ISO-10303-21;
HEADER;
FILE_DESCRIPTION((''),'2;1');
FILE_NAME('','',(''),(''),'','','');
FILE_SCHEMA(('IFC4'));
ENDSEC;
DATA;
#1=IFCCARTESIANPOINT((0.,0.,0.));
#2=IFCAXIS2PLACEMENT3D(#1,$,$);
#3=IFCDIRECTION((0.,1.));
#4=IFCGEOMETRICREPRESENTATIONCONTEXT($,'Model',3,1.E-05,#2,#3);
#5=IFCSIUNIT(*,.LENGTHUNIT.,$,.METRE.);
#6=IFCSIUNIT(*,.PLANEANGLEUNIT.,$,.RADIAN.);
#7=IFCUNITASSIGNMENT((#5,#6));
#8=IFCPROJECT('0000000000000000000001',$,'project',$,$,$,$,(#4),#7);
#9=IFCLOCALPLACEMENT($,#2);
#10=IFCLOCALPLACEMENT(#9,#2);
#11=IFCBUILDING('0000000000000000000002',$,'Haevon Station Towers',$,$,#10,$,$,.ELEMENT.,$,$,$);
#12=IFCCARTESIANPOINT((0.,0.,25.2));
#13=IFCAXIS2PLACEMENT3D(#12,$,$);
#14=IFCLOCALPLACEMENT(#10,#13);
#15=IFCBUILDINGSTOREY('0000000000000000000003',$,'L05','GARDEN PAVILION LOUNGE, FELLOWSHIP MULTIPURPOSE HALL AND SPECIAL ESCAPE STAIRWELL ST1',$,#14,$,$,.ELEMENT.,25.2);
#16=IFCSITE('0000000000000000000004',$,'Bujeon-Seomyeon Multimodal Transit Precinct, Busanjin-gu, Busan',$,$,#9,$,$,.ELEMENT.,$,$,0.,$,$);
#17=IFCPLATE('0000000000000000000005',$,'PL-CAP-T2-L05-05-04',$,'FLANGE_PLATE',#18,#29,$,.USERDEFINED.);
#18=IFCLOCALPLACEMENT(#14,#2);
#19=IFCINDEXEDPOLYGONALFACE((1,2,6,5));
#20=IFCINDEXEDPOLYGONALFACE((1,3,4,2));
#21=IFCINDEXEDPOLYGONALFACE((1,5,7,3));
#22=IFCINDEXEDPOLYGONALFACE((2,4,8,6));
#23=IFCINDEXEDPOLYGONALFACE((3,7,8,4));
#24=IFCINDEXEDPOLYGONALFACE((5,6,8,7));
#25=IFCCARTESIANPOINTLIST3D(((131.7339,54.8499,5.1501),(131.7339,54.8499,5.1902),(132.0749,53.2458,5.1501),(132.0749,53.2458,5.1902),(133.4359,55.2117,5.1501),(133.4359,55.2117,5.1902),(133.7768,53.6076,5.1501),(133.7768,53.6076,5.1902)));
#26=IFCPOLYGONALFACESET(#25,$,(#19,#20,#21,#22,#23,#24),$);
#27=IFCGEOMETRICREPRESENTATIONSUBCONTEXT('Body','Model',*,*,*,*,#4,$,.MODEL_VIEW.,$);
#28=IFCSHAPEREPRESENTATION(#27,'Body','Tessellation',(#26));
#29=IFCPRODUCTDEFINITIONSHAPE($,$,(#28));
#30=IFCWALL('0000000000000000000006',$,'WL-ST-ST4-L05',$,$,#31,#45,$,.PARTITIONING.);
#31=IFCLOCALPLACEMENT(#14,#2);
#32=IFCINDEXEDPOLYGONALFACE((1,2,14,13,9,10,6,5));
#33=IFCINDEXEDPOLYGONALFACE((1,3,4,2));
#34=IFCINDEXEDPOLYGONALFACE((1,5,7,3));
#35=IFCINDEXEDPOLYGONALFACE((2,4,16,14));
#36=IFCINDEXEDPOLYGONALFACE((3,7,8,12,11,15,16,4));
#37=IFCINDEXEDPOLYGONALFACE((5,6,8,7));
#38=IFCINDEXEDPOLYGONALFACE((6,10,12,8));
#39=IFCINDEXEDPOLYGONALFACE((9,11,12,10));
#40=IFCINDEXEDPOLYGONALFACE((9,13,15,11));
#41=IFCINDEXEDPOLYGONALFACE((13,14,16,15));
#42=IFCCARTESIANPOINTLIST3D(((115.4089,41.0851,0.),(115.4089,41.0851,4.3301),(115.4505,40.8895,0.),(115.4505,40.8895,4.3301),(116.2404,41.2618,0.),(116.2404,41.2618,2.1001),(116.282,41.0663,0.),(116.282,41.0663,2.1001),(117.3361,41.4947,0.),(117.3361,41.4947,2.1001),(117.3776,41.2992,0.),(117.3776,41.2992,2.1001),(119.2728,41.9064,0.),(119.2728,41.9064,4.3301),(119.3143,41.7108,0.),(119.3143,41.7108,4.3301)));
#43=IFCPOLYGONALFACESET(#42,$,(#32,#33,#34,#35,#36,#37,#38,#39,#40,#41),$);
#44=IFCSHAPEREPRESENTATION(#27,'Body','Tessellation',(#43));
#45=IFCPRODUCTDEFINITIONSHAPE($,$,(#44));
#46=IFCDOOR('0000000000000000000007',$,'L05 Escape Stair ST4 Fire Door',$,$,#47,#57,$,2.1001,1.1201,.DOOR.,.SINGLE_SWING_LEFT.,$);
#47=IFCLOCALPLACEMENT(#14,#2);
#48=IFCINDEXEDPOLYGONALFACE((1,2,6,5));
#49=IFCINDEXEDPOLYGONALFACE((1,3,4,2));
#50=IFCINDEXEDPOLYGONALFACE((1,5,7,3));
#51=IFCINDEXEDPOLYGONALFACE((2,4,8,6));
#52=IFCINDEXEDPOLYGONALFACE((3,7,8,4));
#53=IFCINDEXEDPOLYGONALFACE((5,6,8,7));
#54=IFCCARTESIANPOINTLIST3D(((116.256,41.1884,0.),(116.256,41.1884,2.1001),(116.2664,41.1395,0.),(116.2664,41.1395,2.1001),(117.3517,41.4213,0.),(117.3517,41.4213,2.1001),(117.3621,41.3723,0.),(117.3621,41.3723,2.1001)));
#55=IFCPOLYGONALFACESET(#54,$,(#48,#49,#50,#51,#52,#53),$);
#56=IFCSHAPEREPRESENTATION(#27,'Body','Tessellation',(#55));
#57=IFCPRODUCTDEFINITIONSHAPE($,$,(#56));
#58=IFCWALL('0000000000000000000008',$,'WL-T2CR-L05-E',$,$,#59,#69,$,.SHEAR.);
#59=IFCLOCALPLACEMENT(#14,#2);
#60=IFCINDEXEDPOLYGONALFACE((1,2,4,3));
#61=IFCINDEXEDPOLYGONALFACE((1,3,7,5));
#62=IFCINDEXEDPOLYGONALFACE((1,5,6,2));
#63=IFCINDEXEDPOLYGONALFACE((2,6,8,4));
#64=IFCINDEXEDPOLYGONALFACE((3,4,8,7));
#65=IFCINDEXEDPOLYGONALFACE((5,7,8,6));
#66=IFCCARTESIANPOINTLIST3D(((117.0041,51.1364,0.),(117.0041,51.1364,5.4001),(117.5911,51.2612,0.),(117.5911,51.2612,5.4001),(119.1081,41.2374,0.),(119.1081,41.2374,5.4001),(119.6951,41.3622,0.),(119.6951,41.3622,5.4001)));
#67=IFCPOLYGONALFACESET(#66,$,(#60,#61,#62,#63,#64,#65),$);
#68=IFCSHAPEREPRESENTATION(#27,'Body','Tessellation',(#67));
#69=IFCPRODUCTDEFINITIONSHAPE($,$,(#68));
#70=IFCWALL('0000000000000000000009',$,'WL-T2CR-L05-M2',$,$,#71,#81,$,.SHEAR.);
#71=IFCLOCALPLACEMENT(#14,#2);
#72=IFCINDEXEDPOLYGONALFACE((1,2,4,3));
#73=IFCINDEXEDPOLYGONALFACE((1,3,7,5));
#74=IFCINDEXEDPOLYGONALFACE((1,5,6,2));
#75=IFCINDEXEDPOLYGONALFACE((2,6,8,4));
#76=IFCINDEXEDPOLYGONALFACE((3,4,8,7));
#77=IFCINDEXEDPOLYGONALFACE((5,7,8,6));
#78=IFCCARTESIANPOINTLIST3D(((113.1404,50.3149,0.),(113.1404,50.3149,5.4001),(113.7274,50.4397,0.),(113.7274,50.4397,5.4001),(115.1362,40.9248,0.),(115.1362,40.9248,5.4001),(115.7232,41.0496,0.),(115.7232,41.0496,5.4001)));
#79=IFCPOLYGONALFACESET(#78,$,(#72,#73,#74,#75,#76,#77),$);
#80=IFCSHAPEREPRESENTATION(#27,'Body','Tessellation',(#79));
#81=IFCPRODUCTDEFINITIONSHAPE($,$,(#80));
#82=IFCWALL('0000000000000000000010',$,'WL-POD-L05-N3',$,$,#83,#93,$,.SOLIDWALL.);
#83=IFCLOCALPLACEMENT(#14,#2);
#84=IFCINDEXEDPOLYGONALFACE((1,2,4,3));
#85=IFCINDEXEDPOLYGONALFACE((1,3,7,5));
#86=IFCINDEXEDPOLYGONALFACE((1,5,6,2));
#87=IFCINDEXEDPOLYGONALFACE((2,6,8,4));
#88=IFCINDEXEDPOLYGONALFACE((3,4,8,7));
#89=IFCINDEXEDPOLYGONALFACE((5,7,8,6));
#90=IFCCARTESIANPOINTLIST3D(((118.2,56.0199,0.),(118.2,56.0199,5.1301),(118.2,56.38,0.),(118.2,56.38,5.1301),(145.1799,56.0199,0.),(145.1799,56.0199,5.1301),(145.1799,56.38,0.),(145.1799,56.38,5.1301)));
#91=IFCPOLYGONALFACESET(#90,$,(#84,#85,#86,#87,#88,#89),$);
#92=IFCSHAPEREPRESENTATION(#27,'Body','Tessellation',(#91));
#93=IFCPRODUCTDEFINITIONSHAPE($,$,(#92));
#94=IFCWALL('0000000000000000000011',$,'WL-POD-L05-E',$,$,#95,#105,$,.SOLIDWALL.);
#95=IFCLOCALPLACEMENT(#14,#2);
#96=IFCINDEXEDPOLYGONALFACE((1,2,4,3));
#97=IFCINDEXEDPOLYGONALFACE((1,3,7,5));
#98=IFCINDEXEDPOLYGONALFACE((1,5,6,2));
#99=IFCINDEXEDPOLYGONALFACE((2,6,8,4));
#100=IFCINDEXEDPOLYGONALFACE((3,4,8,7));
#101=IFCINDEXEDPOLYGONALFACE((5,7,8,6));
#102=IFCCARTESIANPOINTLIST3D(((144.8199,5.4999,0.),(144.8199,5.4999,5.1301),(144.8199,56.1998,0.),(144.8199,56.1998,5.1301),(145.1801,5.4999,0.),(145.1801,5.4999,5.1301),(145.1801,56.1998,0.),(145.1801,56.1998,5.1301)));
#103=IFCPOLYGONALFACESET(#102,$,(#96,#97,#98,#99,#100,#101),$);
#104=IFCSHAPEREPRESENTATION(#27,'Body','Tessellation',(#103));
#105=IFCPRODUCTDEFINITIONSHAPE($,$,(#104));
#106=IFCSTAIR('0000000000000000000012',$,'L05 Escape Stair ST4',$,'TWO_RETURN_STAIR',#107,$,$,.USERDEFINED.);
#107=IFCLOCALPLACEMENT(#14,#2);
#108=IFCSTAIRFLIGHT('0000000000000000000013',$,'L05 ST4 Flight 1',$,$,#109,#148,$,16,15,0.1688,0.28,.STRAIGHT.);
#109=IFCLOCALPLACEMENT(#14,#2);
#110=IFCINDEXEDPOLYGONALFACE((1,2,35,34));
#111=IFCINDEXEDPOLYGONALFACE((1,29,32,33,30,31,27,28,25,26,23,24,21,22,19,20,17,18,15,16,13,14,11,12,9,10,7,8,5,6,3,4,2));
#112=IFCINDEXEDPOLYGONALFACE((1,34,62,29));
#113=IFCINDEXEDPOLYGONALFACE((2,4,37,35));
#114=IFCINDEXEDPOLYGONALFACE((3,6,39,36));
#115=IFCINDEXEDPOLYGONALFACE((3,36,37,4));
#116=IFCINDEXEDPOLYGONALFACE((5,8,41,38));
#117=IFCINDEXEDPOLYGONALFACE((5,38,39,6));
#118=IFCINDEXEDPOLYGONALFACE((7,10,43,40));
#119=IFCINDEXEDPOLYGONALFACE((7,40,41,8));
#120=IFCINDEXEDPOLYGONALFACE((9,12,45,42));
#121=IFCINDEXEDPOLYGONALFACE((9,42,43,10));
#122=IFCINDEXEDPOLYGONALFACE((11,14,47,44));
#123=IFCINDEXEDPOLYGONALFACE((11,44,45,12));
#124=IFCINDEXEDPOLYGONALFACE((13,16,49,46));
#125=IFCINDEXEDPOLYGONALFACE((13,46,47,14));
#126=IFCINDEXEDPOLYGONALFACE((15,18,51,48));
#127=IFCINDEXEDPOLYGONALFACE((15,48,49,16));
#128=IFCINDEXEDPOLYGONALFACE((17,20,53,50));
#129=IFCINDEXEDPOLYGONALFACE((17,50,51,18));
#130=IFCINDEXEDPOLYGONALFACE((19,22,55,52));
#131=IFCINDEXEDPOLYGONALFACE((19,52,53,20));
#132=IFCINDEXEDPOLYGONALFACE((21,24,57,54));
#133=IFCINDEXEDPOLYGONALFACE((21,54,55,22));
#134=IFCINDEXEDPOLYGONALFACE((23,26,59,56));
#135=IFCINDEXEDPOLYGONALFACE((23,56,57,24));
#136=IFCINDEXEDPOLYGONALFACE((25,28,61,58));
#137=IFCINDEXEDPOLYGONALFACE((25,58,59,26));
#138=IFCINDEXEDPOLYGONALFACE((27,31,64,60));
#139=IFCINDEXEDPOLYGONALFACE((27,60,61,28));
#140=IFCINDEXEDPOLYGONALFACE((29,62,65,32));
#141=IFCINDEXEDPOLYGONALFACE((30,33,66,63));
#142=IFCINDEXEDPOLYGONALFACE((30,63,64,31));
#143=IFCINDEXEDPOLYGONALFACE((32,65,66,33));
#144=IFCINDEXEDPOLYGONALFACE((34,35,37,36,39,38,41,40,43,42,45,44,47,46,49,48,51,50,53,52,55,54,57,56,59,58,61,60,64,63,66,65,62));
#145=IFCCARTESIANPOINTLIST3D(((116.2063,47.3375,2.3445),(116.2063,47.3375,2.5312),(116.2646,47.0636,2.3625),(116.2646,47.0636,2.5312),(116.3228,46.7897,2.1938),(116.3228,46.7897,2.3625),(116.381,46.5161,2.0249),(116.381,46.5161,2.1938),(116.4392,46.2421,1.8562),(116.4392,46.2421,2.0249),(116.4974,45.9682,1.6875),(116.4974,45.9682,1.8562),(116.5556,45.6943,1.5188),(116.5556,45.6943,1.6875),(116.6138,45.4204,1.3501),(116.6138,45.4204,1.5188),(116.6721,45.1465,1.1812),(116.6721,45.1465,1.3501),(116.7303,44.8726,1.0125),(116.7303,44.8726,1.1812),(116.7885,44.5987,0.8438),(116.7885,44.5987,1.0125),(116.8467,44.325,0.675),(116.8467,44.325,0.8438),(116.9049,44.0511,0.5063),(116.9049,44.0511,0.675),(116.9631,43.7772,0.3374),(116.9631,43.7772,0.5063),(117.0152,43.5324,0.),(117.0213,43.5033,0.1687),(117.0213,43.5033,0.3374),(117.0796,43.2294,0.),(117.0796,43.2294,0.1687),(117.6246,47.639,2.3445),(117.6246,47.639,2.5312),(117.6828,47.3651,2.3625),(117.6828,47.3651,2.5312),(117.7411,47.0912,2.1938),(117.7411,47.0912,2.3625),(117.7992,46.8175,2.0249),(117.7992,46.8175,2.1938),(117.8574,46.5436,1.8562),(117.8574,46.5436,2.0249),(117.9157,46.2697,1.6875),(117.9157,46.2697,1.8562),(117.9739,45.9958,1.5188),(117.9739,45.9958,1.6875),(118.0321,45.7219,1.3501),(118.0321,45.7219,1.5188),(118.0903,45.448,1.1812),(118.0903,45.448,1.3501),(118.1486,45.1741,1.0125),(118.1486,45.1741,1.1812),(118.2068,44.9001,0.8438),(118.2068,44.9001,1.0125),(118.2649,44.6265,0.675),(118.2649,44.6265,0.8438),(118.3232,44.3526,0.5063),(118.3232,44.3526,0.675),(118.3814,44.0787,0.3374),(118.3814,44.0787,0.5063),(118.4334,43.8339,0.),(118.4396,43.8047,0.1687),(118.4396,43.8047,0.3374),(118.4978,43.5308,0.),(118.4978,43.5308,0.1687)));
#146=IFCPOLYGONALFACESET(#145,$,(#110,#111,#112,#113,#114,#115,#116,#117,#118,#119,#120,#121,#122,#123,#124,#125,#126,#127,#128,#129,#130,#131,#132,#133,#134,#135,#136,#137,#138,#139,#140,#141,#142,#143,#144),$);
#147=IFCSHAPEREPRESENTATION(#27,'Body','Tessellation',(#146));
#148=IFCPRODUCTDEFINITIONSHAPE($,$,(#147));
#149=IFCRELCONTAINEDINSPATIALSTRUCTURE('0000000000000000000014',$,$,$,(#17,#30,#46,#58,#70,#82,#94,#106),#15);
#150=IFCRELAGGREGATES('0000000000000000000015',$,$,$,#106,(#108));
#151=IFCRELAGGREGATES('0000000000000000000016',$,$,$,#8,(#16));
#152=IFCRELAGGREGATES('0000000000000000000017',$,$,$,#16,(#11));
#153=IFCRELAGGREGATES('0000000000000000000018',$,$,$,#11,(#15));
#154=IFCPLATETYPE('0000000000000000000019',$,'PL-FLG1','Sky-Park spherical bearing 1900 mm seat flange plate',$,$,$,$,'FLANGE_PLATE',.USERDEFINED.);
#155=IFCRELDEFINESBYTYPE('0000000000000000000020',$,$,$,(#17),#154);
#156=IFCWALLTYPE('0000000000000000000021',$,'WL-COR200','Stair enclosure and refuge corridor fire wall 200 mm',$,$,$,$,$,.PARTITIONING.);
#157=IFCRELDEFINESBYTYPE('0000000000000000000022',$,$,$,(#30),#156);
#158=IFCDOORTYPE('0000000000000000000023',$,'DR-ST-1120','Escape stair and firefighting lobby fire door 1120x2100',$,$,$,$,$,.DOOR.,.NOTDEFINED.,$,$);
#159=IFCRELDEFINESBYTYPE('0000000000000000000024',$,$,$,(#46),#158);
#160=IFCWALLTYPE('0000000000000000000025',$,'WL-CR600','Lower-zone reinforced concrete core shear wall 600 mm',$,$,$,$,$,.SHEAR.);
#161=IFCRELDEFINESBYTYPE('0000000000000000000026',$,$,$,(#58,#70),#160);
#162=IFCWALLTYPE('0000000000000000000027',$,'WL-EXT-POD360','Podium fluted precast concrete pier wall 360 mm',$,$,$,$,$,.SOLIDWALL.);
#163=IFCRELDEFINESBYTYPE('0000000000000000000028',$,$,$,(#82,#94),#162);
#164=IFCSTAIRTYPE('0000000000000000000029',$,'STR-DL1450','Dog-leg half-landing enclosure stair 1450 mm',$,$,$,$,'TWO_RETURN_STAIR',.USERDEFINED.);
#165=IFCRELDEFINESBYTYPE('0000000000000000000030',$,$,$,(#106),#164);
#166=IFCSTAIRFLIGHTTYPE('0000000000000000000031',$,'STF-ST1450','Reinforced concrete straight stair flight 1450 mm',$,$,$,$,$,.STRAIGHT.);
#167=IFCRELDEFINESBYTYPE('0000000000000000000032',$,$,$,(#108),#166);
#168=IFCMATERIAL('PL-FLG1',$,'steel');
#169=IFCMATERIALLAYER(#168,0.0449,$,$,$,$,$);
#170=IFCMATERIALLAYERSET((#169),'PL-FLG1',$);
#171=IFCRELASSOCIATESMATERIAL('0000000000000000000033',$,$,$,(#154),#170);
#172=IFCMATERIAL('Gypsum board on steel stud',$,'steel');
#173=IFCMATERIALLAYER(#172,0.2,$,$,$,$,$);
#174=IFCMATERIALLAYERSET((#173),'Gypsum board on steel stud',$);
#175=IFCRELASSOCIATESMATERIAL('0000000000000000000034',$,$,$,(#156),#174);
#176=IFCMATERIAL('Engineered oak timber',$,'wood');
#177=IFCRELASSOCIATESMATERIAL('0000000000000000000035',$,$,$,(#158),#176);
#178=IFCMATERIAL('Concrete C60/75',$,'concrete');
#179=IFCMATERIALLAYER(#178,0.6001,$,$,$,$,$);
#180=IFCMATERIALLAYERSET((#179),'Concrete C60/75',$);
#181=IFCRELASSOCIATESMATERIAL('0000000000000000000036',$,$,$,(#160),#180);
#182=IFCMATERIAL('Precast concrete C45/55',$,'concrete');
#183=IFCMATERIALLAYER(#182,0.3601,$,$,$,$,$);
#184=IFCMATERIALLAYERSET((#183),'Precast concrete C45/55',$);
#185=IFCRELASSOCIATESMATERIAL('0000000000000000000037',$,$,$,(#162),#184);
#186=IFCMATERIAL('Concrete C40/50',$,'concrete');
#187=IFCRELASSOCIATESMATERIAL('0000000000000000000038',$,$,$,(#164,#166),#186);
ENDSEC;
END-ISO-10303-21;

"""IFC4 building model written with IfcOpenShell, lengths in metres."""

from ifc_helpers import new_model, si_unit, direction, frame, frame_2d, origin, origin_2d, place, context, subcontext, project, spatial, polyline, rectangle, outline, extrude, material, layer, layer_set, type_object, element, fill, aggregate, save


model = new_model("IFC4")

# Units and contexts
model_context = context("Model", 3, precision=1e-05, world=origin(), true_north=direction((0.0, 1.0)))
body_context = subcontext(model_context, "Body", "Model", "MODEL_VIEW")
ifc_project = project(units=[si_unit("LENGTHUNIT", "METRE"), si_unit("PLANEANGLEUNIT", "RADIAN")], contexts=[model_context])

# Site, building, storey
site_placement = place(None, origin())
site = spatial("IfcSite", under=ifc_project, at=site_placement, Name="Bujeon-Seomyeon Multimodal Transit Precinct, Busanjin-gu, Busan", CompositionType="ELEMENT", RefElevation=0.0)
building_placement = place(site_placement, origin())
building = spatial("IfcBuilding", under=site, at=building_placement, Name="Haevon Station Towers", CompositionType="ELEMENT")
storey_placement = place(building_placement, frame((0.0, 0.0, 25.2)))
storey = spatial("IfcBuildingStorey", under=building, at=storey_placement, Name="L05", Description="GARDEN PAVILION LOUNGE, FELLOWSHIP MULTIPURPOSE HALL AND SPECIAL ESCAPE STAIRWELL ST1", CompositionType="ELEMENT", Elevation=25.2)

# Plate
ifc_material_1 = material(Name="PL-FLG1", Category="steel")
ifc_layer_1 = layer(ifc_material_1, 0.0449)
ifc_layer_set_1 = layer_set([ifc_layer_1], Name="PL-FLG1")
plate_type = type_object("IfcPlateType", Name="PL-FLG1", Description="Sky-Park spherical bearing 1900 mm seat flange plate", ElementType="FLANGE_PLATE", PredefinedType="USERDEFINED", material=ifc_layer_set_1)
plate_placement = place(storey_placement, frame((132.7554, 54.2288, 5.1501), z_axis=(0.0, 0.0, 1.0), x_axis=(0.978148, 0.207912, 0.0)))
element("IfcPlate", 1, at=plate_placement, inside=storey, type_object=plate_type, Name="PL-CAP-T2-L05-05-04", ObjectType="FLANGE_PLATE", PredefinedType="USERDEFINED", context=body_context, shape_type="SweptSolid", body=[
    extrude(rectangle(XDim=1.74, YDim=1.6399, at=origin_2d()), origin(), (0.0, 0.0, 1.0), 0.04),
])

# Wall, opening, door
ifc_material_2 = material(Name="Gypsum board on steel stud", Category="steel")
ifc_layer_2 = layer(ifc_material_2, 0.2)
ifc_layer_set_2 = layer_set([ifc_layer_2], Name="Gypsum board on steel stud")
wall_type_1 = type_object("IfcWallType", Name="WL-COR200", Description="Stair enclosure and refuge corridor fire wall 200 mm", PredefinedType="PARTITIONING", material=ifc_layer_set_2)
wall_1_placement = place(storey_placement, frame((115.4297, 40.9873, 0.0), z_axis=(0.0, 0.0, 1.0), x_axis=(0.978147, 0.207916, 0.0)))
wall_1 = element("IfcWall", 2, at=wall_1_placement, inside=storey, type_object=wall_type_1, Name="WL-ST-ST4-L05", PredefinedType="PARTITIONING", context=body_context, shape_type="SweptSolid", body=[
    extrude(rectangle(XDim=3.9502, YDim=0.2, at=frame_2d((1.9751, 0.0))), origin(), (0.0, 0.0, 1.0), 4.3301),
])
opening_placement = place(wall_1_placement, frame((0.8501, 0.0, 0.0)))
opening = element("IfcOpeningElement", 3, at=opening_placement, cuts=wall_1, PredefinedType="OPENING", context=body_context, shape_type="SweptSolid", body=[
    extrude(rectangle(XDim=1.1201, YDim=2.1001, at=frame_2d((0.5601, 1.05))), frame((0.0, 0.1099, 0.0), z_axis=(0.0, -1.0, 0.0), x_axis=(1.0, 0.0, 0.0)), (0.0, 0.0, 1.0), 0.22),
])
ifc_material_3 = material(Name="Engineered oak timber", Category="wood")
door_type = type_object("IfcDoorType", Name="DR-ST-1120", Description="Escape stair and firefighting lobby fire door 1120x2100", OperationType="NOTDEFINED", PredefinedType="DOOR", material=ifc_material_3)
door_placement = place(opening_placement, origin())
door = element("IfcDoor", 4, at=door_placement, inside=storey, type_object=door_type, Name="L05 Escape Stair ST4 Fire Door", OperationType="SINGLE_SWING_LEFT", OverallHeight=2.1001, OverallWidth=1.1201, PredefinedType="DOOR", context=body_context, shape_type="SweptSolid", body=[
    extrude(rectangle(XDim=1.1201, YDim=2.1001, at=frame_2d((0.5601, 1.05))), frame((0.0, 0.0249, 0.0), z_axis=(0.0, -1.0, 0.0), x_axis=(1.0, 0.0, 0.0)), (0.0, 0.0, 1.0), 0.05),
])
fill(opening, door)

# Walls
ifc_material_4 = material(Name="Concrete C60/75", Category="concrete")
ifc_layer_3 = layer(ifc_material_4, 0.6001)
ifc_layer_set_3 = layer_set([ifc_layer_3], Name="Concrete C60/75")
wall_type_2 = type_object("IfcWallType", Name="WL-CR600", Description="Lower-zone reinforced concrete core shear wall 600 mm", PredefinedType="SHEAR", material=ifc_layer_set_3)
wall_2_placement = place(storey_placement, frame((119.4016, 41.2998, 0.0), z_axis=(0.0, 0.0, 1.0), x_axis=(-0.207904, 0.978149, 0.0)))
element("IfcWall", 5, at=wall_2_placement, inside=storey, type_object=wall_type_2, Name="WL-T2CR-L05-E", PredefinedType="SHEAR", context=body_context, shape_type="SweptSolid", body=[
    extrude(rectangle(XDim=10.1201, YDim=0.6001, at=frame_2d((5.0601, 0.0))), origin(), (0.0, 0.0, 1.0), 5.4001),
])
wall_3_placement = place(storey_placement, frame((115.4297, 40.9873, 0.0), z_axis=(0.0, 0.0, 1.0), x_axis=(-0.207903, 0.978149, 0.0)))
element("IfcWall", 6, at=wall_3_placement, inside=storey, type_object=wall_type_2, Name="WL-T2CR-L05-M2", PredefinedType="SHEAR", context=body_context, shape_type="SweptSolid", body=[
    extrude(rectangle(XDim=9.5999, YDim=0.6001, at=frame_2d((4.7998, 0.0))), origin(), (0.0, 0.0, 1.0), 5.4001),
])
ifc_material_5 = material(Name="Precast concrete C45/55", Category="concrete")
ifc_layer_4 = layer(ifc_material_5, 0.3601)
ifc_layer_set_4 = layer_set([ifc_layer_4], Name="Precast concrete C45/55")
wall_type_3 = type_object("IfcWallType", Name="WL-EXT-POD360", Description="Podium fluted precast concrete pier wall 360 mm", PredefinedType="SOLIDWALL", material=ifc_layer_set_4)
wall_4_placement = place(storey_placement, frame((118.2, 56.2, 0.0), z_axis=(0.0, 0.0, 1.0), x_axis=(1.0, 0.0, 0.0)))
element("IfcWall", 7, at=wall_4_placement, inside=storey, type_object=wall_type_3, Name="WL-POD-L05-N3", PredefinedType="SOLIDWALL", context=body_context, shape_type="SweptSolid", body=[
    extrude(rectangle(XDim=26.98, YDim=0.3601, at=frame_2d((13.49, 0.0))), origin(), (0.0, 0.0, 1.0), 5.1301),
])
wall_5_placement = place(storey_placement, frame((145.0, 56.2, 0.0), z_axis=(0.0, 0.0, 1.0), x_axis=(0.0, -1.0, 0.0)))
element("IfcWall", 8, at=wall_5_placement, inside=storey, type_object=wall_type_3, Name="WL-POD-L05-E", PredefinedType="SOLIDWALL", context=body_context, shape_type="SweptSolid", body=[
    extrude(rectangle(XDim=50.7, YDim=0.3601, at=frame_2d((25.3501, 0.0))), origin(), (0.0, 0.0, 1.0), 5.1301),
])

# Stair, stair flight
ifc_material_6 = material(Name="Concrete C40/50", Category="concrete")
stair_type = type_object("IfcStairType", Name="STR-DL1450", Description="Dog-leg half-landing enclosure stair 1450 mm", ElementType="TWO_RETURN_STAIR", PredefinedType="USERDEFINED", material=ifc_material_6)
stair_placement = place(storey_placement, origin())
stair = element("IfcStair", 9, at=stair_placement, inside=storey, type_object=stair_type, Name="L05 Escape Stair ST4", ObjectType="TWO_RETURN_STAIR", PredefinedType="USERDEFINED")
stair_flight_type = type_object("IfcStairFlightType", Name="STF-ST1450", Description="Reinforced concrete straight stair flight 1450 mm", PredefinedType="STRAIGHT", material=ifc_material_6)
stair_flight_placement = place(storey_placement, frame((117.7888, 43.3801, 0.0), z_axis=(0.0, 0.0, 1.0), x_axis=(-0.207912, 0.978148, 0.0)))
stair_flight = element("IfcStairFlight", 10, at=stair_flight_placement, type_object=stair_flight_type, Name="L05 ST4 Flight 1", NumberOfRisers=16, NumberOfTreads=15, PredefinedType="STRAIGHT", RiserHeight=0.1688, TreadLength=0.28, context=body_context, shape_type="SweptSolid", body=[
    extrude(outline(polyline([(0.0, 0.0), (0.0, 0.1687), (0.28, 0.1687), (0.28, 0.3374), (0.5601, 0.3374), (0.5601, 0.5063), (0.8401, 0.5063), (0.8401, 0.675), (1.1201, 0.675), (1.1201, 0.8438), (1.3999, 0.8438), (1.3999, 1.0125), (1.6799, 1.0125), (1.6799, 1.1812), (1.96, 1.1812), (1.96, 1.3501), (2.24, 1.3501), (2.24, 1.5188), (2.52, 1.5188), (2.52, 1.6875), (2.8, 1.6875), (2.8, 1.8562), (3.0801, 1.8562), (3.0801, 2.0249), (3.3601, 2.0249), (3.3601, 2.1938), (3.6399, 2.1938), (3.6399, 2.3625), (3.9199, 2.3625), (3.9199, 2.5312), (4.2, 2.5312), (4.2, 2.7), (4.2, 2.3445), (0.3098, 0.0), (0.0, 0.0)])), frame((0.0, 0.7251, 0.0), z_axis=(0.0, -1.0, 0.0), x_axis=(1.0, 0.0, 0.0)), (0.0, 0.0, 1.0), 1.45),
])
aggregate(stair, [stair_flight])

save(model, "model.ifc")
